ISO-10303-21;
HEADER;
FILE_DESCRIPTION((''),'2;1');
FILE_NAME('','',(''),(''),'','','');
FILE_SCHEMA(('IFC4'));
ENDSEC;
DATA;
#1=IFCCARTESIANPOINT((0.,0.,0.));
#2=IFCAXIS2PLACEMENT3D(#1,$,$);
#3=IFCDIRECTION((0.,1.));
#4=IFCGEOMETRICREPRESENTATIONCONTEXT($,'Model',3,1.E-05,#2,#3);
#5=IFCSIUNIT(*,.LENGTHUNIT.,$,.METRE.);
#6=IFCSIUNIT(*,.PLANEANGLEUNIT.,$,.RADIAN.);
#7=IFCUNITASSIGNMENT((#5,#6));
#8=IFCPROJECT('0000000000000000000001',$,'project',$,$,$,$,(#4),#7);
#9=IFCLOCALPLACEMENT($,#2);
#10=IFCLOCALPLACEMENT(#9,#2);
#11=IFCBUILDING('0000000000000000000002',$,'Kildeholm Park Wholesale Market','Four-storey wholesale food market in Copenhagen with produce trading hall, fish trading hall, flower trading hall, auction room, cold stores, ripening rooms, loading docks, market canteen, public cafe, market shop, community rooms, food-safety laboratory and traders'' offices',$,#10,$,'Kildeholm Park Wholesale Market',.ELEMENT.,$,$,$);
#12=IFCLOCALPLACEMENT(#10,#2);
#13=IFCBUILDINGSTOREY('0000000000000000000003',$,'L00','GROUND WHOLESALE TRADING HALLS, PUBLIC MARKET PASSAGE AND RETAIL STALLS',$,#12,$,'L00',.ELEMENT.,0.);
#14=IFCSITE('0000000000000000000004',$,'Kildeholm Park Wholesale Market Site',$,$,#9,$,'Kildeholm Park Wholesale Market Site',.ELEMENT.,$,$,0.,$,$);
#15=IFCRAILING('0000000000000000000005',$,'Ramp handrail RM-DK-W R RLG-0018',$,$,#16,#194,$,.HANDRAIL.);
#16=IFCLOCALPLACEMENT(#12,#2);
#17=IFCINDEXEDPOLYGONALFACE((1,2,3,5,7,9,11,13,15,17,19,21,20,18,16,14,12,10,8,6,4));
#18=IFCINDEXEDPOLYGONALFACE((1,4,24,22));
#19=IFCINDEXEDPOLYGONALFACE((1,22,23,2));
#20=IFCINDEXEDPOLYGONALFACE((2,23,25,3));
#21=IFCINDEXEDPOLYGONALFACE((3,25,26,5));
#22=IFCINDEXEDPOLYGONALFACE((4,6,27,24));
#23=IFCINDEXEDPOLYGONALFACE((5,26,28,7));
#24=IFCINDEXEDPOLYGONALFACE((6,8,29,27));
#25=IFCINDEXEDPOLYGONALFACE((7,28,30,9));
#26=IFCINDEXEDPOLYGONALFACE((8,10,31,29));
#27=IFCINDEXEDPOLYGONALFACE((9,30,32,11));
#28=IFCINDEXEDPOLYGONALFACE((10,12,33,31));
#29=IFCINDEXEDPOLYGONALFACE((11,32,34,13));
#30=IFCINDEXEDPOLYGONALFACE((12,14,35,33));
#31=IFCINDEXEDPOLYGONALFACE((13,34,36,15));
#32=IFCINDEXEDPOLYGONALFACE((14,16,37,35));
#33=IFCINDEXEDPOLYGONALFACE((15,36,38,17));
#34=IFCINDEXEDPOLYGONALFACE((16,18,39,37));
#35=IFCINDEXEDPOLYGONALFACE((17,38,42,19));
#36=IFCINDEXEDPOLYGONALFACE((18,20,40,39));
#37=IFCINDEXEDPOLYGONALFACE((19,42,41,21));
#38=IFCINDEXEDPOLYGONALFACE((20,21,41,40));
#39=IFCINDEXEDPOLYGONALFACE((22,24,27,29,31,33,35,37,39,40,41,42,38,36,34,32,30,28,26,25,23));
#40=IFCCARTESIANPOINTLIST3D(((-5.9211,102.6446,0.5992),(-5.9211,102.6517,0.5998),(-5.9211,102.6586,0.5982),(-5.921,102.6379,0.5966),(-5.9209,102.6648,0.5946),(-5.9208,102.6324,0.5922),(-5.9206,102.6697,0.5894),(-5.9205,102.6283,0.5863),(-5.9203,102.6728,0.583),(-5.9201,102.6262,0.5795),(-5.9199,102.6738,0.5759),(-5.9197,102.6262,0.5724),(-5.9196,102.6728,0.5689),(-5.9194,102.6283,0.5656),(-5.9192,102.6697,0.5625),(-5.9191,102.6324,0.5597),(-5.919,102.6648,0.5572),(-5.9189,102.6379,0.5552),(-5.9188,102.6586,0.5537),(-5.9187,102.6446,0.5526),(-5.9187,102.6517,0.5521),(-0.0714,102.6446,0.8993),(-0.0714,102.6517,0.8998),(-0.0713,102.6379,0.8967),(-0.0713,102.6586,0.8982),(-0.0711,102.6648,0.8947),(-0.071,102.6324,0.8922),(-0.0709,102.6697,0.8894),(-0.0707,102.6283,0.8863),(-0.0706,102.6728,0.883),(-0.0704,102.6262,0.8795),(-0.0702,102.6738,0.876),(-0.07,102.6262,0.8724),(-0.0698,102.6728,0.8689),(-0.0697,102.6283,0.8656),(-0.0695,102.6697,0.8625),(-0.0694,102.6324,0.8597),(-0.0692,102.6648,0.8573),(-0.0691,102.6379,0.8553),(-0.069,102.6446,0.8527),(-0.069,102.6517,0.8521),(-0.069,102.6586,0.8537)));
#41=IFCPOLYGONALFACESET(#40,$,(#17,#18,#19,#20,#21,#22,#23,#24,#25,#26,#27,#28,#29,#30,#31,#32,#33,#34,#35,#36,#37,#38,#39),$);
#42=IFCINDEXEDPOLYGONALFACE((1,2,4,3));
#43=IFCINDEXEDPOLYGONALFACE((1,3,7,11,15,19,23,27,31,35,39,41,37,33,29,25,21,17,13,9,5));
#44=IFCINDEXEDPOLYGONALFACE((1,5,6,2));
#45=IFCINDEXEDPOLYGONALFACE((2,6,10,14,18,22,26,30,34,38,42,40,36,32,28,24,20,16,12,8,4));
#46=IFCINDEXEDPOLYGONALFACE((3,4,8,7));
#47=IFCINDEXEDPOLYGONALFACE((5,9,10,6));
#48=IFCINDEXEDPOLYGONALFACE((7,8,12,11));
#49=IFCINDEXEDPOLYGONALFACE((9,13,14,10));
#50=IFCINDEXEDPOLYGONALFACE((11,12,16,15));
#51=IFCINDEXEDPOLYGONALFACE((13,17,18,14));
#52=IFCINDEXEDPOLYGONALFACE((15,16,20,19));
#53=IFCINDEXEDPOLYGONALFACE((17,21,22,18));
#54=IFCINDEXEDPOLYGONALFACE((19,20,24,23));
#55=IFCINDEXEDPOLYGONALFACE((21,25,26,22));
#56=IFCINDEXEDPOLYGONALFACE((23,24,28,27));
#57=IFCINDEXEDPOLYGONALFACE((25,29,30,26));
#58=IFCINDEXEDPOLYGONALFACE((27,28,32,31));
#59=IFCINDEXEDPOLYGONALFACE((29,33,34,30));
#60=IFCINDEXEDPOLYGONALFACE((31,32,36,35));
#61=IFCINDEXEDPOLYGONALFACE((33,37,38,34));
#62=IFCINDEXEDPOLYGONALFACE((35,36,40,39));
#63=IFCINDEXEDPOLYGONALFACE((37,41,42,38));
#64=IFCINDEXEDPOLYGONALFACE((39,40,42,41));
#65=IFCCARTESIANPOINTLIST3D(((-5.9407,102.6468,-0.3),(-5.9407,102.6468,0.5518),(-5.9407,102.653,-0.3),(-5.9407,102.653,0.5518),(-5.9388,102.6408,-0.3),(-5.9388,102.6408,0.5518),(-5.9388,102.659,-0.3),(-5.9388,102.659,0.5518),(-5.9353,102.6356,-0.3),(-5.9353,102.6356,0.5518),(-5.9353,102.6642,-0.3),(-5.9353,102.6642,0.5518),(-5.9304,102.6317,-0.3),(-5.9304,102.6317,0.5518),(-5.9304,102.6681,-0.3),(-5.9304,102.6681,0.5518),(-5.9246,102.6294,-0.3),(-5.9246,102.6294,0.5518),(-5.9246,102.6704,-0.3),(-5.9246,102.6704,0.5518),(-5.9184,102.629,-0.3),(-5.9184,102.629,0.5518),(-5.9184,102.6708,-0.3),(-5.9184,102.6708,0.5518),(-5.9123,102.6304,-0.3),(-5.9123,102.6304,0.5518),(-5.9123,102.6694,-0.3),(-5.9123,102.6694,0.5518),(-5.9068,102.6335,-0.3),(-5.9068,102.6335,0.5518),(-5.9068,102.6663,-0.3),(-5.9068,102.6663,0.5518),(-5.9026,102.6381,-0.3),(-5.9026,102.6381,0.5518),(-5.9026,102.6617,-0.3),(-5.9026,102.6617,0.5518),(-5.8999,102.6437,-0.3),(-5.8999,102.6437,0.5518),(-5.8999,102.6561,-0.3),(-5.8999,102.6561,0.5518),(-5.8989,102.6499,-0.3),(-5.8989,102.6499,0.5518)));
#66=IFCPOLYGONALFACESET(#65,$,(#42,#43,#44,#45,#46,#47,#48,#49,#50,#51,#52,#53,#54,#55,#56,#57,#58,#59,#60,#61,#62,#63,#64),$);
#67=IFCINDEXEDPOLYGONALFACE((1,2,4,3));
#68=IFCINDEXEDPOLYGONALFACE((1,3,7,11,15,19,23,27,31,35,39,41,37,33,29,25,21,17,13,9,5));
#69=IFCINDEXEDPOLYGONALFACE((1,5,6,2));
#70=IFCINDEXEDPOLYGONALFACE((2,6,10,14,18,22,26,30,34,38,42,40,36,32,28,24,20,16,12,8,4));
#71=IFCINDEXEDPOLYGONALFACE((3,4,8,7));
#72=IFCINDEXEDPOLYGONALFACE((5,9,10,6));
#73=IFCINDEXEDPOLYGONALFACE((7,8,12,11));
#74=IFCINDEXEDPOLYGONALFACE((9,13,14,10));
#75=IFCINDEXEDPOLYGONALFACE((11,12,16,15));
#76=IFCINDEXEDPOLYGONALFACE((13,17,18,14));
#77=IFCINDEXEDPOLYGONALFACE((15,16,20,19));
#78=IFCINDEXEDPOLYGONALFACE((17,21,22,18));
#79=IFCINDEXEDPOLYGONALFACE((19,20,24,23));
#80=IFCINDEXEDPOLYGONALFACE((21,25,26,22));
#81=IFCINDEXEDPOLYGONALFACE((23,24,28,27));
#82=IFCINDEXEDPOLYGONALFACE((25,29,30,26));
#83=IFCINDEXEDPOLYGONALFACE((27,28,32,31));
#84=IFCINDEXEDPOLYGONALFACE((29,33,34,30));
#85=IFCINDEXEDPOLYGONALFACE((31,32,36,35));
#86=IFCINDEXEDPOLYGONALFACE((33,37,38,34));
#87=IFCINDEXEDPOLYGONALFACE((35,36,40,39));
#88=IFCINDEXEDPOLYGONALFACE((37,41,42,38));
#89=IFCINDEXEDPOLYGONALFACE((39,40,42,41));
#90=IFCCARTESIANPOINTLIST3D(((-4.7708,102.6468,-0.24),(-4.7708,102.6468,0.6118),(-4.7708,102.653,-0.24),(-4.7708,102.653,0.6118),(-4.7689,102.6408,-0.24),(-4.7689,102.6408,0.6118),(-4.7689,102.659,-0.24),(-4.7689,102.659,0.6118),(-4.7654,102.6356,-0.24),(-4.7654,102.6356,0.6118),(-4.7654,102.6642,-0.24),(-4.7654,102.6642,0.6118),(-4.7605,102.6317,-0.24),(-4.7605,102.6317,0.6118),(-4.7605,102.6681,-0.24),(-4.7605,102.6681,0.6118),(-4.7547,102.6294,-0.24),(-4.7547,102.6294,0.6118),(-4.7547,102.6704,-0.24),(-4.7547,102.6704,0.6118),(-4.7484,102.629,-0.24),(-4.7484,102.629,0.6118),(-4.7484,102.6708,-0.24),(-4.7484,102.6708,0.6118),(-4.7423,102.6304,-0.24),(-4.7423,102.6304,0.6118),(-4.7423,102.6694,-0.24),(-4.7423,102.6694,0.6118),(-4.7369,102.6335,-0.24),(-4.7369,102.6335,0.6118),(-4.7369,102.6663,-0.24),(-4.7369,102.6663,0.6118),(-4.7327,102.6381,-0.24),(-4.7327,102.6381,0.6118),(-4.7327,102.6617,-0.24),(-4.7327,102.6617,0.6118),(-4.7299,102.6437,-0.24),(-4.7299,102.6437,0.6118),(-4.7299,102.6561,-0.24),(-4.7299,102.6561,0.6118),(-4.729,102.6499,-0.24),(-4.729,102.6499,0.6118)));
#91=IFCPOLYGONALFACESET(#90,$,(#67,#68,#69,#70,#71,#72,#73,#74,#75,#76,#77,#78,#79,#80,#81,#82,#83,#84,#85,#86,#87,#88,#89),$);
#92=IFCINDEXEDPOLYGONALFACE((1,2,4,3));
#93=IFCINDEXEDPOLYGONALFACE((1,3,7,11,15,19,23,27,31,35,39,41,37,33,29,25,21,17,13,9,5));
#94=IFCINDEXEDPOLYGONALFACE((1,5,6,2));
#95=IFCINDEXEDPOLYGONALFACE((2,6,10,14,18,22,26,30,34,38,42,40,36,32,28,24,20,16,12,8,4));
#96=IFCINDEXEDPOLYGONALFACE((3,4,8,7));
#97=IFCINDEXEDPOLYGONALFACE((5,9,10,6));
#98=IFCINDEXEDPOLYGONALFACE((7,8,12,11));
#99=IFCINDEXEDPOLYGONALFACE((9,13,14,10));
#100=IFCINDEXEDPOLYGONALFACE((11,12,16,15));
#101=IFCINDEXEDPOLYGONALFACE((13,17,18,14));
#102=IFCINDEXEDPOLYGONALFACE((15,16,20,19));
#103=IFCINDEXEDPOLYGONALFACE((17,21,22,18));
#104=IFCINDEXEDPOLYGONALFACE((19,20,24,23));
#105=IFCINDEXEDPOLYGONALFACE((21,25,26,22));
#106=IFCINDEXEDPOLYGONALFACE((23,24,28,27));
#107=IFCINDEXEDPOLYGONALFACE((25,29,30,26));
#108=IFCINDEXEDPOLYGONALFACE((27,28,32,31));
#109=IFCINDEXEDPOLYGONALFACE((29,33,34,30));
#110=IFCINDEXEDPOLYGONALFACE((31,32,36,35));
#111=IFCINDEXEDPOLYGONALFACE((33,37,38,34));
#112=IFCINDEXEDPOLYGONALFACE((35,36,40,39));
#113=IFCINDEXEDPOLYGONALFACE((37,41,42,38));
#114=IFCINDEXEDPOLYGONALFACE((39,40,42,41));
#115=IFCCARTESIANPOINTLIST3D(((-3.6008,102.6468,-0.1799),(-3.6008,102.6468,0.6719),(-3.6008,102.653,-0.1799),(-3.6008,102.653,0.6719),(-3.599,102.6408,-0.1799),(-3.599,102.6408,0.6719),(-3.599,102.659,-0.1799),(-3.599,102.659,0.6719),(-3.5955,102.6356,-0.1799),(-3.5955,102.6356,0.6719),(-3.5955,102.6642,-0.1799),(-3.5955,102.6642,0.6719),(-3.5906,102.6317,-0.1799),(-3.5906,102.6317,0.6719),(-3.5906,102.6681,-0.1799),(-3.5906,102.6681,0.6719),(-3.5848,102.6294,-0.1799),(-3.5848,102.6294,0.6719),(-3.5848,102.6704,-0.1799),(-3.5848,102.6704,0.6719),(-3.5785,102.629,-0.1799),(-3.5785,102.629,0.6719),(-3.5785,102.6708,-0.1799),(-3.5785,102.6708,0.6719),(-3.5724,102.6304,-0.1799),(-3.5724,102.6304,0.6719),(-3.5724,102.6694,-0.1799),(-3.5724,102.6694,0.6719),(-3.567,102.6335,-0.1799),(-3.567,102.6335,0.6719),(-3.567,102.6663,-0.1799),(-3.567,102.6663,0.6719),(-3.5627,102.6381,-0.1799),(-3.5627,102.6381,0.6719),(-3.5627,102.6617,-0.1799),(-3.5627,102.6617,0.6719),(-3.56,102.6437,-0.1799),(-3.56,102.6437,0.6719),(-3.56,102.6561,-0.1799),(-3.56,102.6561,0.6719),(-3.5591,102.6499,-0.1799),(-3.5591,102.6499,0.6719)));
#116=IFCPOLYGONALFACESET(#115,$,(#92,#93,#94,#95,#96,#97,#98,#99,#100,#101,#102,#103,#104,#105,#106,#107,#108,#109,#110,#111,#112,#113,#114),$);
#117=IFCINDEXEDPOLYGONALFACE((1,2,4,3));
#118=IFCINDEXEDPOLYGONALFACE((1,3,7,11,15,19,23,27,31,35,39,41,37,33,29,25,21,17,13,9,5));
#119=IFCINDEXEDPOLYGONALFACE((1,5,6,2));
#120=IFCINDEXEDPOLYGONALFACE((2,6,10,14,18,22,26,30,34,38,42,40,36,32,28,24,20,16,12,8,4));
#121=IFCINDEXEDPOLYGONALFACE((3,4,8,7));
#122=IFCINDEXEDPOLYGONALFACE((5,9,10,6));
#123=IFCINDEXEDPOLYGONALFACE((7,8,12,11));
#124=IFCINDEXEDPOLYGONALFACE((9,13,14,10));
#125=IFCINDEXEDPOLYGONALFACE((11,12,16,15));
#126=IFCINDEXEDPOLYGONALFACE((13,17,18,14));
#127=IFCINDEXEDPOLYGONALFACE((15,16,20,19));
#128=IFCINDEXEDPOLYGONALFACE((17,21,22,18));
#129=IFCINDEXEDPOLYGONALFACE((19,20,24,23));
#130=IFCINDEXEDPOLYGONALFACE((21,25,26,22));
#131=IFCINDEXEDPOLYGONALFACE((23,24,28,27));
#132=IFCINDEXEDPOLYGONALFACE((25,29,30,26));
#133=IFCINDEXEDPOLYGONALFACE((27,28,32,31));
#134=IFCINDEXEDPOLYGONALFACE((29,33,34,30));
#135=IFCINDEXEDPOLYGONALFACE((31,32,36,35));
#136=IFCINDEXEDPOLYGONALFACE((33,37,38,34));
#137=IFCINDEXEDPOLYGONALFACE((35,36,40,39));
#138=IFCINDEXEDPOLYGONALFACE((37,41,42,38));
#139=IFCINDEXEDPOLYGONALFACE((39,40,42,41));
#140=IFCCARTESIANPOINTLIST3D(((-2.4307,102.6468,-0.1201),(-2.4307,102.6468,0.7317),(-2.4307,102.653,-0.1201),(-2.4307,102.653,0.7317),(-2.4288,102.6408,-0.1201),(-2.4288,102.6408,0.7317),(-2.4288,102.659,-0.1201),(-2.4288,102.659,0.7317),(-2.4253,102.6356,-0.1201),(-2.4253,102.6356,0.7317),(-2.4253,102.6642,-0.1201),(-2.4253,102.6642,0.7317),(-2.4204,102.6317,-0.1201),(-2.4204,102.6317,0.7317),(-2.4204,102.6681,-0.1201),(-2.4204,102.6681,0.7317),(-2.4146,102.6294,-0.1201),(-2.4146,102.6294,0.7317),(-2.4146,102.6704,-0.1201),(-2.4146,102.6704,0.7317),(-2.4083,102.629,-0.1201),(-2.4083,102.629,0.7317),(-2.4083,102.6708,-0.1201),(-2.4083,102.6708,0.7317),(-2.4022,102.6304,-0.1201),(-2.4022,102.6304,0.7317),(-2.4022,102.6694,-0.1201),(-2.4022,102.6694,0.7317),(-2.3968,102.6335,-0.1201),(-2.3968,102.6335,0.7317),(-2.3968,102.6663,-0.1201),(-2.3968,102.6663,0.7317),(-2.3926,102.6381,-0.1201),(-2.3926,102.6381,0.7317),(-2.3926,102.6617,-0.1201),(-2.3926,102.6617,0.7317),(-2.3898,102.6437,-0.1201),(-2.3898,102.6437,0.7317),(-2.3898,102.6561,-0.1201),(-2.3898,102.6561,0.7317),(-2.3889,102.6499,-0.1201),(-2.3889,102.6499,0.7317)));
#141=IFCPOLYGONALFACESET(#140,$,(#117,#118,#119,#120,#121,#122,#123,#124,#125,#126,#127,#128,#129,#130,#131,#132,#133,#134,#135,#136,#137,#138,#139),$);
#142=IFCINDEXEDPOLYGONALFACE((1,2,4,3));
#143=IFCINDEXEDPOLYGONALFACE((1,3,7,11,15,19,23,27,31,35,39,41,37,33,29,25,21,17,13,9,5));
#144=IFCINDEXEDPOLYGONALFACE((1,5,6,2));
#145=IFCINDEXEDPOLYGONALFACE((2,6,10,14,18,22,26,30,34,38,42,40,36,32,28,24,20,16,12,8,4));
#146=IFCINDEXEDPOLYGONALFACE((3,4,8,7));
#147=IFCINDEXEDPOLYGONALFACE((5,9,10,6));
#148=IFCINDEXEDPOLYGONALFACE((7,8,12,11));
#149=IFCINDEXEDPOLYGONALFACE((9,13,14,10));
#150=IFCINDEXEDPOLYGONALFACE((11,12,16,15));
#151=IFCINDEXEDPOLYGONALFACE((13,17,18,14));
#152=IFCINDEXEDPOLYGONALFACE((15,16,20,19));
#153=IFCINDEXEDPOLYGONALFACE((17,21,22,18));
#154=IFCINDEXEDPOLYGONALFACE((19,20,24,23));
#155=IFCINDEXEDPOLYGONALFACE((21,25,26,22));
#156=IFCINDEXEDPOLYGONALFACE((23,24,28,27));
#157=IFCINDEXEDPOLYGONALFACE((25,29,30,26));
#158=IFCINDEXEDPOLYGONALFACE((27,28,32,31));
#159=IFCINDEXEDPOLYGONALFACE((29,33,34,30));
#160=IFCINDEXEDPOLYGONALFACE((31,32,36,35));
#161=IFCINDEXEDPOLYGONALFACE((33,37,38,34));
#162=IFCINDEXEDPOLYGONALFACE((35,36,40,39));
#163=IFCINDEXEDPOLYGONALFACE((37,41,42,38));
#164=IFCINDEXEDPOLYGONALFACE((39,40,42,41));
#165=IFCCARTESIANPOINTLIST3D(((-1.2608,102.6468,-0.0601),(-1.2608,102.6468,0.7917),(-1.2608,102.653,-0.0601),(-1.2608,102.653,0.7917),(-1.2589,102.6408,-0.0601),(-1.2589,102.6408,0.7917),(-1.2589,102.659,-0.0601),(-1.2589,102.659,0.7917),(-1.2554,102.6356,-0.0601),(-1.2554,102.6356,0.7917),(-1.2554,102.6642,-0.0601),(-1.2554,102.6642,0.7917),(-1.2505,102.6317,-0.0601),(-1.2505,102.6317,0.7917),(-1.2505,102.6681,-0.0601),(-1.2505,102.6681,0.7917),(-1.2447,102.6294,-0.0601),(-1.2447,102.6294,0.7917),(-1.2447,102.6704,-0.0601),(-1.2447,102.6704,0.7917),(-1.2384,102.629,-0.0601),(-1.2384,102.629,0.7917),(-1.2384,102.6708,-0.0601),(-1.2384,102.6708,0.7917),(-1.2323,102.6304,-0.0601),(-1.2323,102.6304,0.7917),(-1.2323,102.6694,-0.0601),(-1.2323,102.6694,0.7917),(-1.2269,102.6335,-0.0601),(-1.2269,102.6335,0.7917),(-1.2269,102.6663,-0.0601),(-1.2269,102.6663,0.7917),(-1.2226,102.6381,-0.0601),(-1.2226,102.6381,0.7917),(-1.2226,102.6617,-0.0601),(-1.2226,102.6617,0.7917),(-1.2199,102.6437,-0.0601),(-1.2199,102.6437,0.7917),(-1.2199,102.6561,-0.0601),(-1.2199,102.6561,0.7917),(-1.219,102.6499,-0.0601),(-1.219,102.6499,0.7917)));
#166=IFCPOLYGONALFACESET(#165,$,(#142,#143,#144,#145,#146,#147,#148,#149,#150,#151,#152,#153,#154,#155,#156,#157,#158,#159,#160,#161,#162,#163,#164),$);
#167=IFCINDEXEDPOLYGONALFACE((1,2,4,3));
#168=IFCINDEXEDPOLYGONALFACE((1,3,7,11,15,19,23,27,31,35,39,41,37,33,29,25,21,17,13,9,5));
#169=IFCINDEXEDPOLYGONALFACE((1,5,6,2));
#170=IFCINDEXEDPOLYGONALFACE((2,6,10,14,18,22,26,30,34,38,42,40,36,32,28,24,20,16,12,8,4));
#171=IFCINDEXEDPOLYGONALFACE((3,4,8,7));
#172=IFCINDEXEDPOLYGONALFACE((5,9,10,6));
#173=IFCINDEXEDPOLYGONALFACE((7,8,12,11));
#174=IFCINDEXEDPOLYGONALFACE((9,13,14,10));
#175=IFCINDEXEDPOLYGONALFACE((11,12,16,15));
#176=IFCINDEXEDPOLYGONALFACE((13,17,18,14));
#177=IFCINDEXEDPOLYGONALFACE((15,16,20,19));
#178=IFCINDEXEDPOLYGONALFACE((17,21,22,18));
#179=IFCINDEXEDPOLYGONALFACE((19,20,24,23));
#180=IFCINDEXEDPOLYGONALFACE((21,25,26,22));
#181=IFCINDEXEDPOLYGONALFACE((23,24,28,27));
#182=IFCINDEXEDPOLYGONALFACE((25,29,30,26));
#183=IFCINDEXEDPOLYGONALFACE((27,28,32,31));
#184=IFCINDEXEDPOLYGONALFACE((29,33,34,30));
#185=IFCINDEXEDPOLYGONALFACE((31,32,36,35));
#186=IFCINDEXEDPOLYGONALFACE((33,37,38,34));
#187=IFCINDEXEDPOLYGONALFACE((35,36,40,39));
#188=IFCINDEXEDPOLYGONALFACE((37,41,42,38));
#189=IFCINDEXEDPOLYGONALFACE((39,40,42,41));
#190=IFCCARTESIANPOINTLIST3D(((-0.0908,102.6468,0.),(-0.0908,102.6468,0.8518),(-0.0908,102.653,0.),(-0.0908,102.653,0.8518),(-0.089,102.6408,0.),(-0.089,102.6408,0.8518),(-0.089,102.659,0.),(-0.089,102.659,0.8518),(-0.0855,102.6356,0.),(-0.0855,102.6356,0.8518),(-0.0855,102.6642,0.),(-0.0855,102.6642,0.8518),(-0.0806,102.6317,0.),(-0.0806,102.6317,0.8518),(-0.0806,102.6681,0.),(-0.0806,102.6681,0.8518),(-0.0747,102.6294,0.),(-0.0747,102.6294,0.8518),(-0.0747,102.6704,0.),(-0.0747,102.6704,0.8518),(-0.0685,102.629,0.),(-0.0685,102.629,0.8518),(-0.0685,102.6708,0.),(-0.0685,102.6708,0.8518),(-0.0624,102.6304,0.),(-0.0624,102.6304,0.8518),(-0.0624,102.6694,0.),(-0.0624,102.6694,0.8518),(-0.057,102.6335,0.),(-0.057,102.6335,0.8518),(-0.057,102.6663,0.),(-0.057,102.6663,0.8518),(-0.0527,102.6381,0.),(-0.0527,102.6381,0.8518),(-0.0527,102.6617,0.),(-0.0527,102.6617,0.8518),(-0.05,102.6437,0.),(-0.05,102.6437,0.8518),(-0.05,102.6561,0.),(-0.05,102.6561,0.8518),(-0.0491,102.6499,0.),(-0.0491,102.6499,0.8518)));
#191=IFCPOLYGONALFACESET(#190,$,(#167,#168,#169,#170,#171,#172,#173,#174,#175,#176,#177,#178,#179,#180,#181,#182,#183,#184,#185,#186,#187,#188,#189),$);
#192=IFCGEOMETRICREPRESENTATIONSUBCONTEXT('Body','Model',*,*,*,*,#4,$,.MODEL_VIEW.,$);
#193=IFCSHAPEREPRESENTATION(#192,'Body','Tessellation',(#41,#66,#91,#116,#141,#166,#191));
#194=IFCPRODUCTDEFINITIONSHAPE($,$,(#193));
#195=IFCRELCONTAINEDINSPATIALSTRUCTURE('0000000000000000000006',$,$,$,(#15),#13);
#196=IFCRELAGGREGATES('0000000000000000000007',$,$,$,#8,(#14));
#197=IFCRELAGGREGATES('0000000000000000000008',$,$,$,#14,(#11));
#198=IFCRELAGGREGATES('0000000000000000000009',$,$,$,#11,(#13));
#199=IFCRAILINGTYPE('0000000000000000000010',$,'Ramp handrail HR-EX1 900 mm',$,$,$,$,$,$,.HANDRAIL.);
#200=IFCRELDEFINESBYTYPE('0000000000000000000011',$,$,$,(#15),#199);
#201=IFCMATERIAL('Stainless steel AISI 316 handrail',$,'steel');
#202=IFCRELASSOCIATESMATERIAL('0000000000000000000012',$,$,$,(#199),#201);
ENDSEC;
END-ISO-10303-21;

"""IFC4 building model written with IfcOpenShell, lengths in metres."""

from ifc_helpers import new_model, si_unit, direction, frame, origin, origin_2d, place, context, subcontext, project, spatial, circle, extrude, material, type_object, element, save


model = new_model("IFC4")

# Units and contexts
model_context = context("Model", 3, precision=1e-05, world=origin(), true_north=direction((0.0, 1.0)))
body_context = subcontext(model_context, "Body", "Model", "MODEL_VIEW")
ifc_project = project(units=[si_unit("LENGTHUNIT", "METRE"), si_unit("PLANEANGLEUNIT", "RADIAN")], contexts=[model_context])

# Site, building, storey
site_placement = place(None, origin())
site = spatial("IfcSite", under=ifc_project, at=site_placement, Name="Kildeholm Park Wholesale Market Site", LongName="Kildeholm Park Wholesale Market Site", CompositionType="ELEMENT", RefElevation=0.0)
building_placement = place(site_placement, origin())
building = spatial("IfcBuilding", under=site, at=building_placement, Name="Kildeholm Park Wholesale Market", Description="Four-storey wholesale food market in Copenhagen with produce trading hall, fish trading hall, flower trading hall, auction room, cold stores, ripening rooms, loading docks, market canteen, public cafe, market shop, community rooms, food-safety laboratory and traders' offices", LongName="Kildeholm Park Wholesale Market", CompositionType="ELEMENT")
storey_placement = place(building_placement, origin())
storey = spatial("IfcBuildingStorey", under=building, at=storey_placement, Name="L00", Description="GROUND WHOLESALE TRADING HALLS, PUBLIC MARKET PASSAGE AND RETAIL STALLS", LongName="L00", CompositionType="ELEMENT", Elevation=0.0)

# Railing
ifc_material_1 = material(Name="Stainless steel AISI 316 handrail", Category="steel")
railing_type = type_object("IfcRailingType", Name="Ramp handrail HR-EX1 900 mm", PredefinedType="HANDRAIL", material=ifc_material_1)
for number, where, name in (
    (1, (-5.9199, 102.6499, -0.3), "Ramp handrail RM-DK-W R RLG-0018"),
):
    element("IfcRailing", number, at=place(storey_placement, frame(where)), inside=storey, type_object=railing_type, Name=name, PredefinedType="HANDRAIL", context=body_context, shape_type="SweptSolid", body=[
        extrude(circle(Radius=0.0239, at=origin_2d()), frame((0.0, 0.0, 0.876), z_axis=(0.998687, 0.0, 0.051224), x_axis=(0.0, 1.0, 0.0)), (0.0, 0.0, 1.0), 5.8574),
        extrude(circle(Radius=0.021, at=origin_2d()), origin(), (0.0, 0.0, 1.0), 0.8518),
        extrude(circle(Radius=0.021, at=origin_2d()), frame((1.1699, 0.0, 0.0601)), (0.0, 0.0, 1.0), 0.8518),
        extrude(circle(Radius=0.021, at=origin_2d()), frame((2.3398, 0.0, 0.1201)), (0.0, 0.0, 1.0), 0.8518),
        extrude(circle(Radius=0.021, at=origin_2d()), frame((3.51, 0.0, 0.1799)), (0.0, 0.0, 1.0), 0.8518),
        extrude(circle(Radius=0.021, at=origin_2d()), frame((4.6799, 0.0, 0.24)), (0.0, 0.0, 1.0), 0.8518),
        extrude(circle(Radius=0.021, at=origin_2d()), frame((5.8499, 0.0, 0.3)), (0.0, 0.0, 1.0), 0.8518),
    ])

save(model, "model.ifc")
